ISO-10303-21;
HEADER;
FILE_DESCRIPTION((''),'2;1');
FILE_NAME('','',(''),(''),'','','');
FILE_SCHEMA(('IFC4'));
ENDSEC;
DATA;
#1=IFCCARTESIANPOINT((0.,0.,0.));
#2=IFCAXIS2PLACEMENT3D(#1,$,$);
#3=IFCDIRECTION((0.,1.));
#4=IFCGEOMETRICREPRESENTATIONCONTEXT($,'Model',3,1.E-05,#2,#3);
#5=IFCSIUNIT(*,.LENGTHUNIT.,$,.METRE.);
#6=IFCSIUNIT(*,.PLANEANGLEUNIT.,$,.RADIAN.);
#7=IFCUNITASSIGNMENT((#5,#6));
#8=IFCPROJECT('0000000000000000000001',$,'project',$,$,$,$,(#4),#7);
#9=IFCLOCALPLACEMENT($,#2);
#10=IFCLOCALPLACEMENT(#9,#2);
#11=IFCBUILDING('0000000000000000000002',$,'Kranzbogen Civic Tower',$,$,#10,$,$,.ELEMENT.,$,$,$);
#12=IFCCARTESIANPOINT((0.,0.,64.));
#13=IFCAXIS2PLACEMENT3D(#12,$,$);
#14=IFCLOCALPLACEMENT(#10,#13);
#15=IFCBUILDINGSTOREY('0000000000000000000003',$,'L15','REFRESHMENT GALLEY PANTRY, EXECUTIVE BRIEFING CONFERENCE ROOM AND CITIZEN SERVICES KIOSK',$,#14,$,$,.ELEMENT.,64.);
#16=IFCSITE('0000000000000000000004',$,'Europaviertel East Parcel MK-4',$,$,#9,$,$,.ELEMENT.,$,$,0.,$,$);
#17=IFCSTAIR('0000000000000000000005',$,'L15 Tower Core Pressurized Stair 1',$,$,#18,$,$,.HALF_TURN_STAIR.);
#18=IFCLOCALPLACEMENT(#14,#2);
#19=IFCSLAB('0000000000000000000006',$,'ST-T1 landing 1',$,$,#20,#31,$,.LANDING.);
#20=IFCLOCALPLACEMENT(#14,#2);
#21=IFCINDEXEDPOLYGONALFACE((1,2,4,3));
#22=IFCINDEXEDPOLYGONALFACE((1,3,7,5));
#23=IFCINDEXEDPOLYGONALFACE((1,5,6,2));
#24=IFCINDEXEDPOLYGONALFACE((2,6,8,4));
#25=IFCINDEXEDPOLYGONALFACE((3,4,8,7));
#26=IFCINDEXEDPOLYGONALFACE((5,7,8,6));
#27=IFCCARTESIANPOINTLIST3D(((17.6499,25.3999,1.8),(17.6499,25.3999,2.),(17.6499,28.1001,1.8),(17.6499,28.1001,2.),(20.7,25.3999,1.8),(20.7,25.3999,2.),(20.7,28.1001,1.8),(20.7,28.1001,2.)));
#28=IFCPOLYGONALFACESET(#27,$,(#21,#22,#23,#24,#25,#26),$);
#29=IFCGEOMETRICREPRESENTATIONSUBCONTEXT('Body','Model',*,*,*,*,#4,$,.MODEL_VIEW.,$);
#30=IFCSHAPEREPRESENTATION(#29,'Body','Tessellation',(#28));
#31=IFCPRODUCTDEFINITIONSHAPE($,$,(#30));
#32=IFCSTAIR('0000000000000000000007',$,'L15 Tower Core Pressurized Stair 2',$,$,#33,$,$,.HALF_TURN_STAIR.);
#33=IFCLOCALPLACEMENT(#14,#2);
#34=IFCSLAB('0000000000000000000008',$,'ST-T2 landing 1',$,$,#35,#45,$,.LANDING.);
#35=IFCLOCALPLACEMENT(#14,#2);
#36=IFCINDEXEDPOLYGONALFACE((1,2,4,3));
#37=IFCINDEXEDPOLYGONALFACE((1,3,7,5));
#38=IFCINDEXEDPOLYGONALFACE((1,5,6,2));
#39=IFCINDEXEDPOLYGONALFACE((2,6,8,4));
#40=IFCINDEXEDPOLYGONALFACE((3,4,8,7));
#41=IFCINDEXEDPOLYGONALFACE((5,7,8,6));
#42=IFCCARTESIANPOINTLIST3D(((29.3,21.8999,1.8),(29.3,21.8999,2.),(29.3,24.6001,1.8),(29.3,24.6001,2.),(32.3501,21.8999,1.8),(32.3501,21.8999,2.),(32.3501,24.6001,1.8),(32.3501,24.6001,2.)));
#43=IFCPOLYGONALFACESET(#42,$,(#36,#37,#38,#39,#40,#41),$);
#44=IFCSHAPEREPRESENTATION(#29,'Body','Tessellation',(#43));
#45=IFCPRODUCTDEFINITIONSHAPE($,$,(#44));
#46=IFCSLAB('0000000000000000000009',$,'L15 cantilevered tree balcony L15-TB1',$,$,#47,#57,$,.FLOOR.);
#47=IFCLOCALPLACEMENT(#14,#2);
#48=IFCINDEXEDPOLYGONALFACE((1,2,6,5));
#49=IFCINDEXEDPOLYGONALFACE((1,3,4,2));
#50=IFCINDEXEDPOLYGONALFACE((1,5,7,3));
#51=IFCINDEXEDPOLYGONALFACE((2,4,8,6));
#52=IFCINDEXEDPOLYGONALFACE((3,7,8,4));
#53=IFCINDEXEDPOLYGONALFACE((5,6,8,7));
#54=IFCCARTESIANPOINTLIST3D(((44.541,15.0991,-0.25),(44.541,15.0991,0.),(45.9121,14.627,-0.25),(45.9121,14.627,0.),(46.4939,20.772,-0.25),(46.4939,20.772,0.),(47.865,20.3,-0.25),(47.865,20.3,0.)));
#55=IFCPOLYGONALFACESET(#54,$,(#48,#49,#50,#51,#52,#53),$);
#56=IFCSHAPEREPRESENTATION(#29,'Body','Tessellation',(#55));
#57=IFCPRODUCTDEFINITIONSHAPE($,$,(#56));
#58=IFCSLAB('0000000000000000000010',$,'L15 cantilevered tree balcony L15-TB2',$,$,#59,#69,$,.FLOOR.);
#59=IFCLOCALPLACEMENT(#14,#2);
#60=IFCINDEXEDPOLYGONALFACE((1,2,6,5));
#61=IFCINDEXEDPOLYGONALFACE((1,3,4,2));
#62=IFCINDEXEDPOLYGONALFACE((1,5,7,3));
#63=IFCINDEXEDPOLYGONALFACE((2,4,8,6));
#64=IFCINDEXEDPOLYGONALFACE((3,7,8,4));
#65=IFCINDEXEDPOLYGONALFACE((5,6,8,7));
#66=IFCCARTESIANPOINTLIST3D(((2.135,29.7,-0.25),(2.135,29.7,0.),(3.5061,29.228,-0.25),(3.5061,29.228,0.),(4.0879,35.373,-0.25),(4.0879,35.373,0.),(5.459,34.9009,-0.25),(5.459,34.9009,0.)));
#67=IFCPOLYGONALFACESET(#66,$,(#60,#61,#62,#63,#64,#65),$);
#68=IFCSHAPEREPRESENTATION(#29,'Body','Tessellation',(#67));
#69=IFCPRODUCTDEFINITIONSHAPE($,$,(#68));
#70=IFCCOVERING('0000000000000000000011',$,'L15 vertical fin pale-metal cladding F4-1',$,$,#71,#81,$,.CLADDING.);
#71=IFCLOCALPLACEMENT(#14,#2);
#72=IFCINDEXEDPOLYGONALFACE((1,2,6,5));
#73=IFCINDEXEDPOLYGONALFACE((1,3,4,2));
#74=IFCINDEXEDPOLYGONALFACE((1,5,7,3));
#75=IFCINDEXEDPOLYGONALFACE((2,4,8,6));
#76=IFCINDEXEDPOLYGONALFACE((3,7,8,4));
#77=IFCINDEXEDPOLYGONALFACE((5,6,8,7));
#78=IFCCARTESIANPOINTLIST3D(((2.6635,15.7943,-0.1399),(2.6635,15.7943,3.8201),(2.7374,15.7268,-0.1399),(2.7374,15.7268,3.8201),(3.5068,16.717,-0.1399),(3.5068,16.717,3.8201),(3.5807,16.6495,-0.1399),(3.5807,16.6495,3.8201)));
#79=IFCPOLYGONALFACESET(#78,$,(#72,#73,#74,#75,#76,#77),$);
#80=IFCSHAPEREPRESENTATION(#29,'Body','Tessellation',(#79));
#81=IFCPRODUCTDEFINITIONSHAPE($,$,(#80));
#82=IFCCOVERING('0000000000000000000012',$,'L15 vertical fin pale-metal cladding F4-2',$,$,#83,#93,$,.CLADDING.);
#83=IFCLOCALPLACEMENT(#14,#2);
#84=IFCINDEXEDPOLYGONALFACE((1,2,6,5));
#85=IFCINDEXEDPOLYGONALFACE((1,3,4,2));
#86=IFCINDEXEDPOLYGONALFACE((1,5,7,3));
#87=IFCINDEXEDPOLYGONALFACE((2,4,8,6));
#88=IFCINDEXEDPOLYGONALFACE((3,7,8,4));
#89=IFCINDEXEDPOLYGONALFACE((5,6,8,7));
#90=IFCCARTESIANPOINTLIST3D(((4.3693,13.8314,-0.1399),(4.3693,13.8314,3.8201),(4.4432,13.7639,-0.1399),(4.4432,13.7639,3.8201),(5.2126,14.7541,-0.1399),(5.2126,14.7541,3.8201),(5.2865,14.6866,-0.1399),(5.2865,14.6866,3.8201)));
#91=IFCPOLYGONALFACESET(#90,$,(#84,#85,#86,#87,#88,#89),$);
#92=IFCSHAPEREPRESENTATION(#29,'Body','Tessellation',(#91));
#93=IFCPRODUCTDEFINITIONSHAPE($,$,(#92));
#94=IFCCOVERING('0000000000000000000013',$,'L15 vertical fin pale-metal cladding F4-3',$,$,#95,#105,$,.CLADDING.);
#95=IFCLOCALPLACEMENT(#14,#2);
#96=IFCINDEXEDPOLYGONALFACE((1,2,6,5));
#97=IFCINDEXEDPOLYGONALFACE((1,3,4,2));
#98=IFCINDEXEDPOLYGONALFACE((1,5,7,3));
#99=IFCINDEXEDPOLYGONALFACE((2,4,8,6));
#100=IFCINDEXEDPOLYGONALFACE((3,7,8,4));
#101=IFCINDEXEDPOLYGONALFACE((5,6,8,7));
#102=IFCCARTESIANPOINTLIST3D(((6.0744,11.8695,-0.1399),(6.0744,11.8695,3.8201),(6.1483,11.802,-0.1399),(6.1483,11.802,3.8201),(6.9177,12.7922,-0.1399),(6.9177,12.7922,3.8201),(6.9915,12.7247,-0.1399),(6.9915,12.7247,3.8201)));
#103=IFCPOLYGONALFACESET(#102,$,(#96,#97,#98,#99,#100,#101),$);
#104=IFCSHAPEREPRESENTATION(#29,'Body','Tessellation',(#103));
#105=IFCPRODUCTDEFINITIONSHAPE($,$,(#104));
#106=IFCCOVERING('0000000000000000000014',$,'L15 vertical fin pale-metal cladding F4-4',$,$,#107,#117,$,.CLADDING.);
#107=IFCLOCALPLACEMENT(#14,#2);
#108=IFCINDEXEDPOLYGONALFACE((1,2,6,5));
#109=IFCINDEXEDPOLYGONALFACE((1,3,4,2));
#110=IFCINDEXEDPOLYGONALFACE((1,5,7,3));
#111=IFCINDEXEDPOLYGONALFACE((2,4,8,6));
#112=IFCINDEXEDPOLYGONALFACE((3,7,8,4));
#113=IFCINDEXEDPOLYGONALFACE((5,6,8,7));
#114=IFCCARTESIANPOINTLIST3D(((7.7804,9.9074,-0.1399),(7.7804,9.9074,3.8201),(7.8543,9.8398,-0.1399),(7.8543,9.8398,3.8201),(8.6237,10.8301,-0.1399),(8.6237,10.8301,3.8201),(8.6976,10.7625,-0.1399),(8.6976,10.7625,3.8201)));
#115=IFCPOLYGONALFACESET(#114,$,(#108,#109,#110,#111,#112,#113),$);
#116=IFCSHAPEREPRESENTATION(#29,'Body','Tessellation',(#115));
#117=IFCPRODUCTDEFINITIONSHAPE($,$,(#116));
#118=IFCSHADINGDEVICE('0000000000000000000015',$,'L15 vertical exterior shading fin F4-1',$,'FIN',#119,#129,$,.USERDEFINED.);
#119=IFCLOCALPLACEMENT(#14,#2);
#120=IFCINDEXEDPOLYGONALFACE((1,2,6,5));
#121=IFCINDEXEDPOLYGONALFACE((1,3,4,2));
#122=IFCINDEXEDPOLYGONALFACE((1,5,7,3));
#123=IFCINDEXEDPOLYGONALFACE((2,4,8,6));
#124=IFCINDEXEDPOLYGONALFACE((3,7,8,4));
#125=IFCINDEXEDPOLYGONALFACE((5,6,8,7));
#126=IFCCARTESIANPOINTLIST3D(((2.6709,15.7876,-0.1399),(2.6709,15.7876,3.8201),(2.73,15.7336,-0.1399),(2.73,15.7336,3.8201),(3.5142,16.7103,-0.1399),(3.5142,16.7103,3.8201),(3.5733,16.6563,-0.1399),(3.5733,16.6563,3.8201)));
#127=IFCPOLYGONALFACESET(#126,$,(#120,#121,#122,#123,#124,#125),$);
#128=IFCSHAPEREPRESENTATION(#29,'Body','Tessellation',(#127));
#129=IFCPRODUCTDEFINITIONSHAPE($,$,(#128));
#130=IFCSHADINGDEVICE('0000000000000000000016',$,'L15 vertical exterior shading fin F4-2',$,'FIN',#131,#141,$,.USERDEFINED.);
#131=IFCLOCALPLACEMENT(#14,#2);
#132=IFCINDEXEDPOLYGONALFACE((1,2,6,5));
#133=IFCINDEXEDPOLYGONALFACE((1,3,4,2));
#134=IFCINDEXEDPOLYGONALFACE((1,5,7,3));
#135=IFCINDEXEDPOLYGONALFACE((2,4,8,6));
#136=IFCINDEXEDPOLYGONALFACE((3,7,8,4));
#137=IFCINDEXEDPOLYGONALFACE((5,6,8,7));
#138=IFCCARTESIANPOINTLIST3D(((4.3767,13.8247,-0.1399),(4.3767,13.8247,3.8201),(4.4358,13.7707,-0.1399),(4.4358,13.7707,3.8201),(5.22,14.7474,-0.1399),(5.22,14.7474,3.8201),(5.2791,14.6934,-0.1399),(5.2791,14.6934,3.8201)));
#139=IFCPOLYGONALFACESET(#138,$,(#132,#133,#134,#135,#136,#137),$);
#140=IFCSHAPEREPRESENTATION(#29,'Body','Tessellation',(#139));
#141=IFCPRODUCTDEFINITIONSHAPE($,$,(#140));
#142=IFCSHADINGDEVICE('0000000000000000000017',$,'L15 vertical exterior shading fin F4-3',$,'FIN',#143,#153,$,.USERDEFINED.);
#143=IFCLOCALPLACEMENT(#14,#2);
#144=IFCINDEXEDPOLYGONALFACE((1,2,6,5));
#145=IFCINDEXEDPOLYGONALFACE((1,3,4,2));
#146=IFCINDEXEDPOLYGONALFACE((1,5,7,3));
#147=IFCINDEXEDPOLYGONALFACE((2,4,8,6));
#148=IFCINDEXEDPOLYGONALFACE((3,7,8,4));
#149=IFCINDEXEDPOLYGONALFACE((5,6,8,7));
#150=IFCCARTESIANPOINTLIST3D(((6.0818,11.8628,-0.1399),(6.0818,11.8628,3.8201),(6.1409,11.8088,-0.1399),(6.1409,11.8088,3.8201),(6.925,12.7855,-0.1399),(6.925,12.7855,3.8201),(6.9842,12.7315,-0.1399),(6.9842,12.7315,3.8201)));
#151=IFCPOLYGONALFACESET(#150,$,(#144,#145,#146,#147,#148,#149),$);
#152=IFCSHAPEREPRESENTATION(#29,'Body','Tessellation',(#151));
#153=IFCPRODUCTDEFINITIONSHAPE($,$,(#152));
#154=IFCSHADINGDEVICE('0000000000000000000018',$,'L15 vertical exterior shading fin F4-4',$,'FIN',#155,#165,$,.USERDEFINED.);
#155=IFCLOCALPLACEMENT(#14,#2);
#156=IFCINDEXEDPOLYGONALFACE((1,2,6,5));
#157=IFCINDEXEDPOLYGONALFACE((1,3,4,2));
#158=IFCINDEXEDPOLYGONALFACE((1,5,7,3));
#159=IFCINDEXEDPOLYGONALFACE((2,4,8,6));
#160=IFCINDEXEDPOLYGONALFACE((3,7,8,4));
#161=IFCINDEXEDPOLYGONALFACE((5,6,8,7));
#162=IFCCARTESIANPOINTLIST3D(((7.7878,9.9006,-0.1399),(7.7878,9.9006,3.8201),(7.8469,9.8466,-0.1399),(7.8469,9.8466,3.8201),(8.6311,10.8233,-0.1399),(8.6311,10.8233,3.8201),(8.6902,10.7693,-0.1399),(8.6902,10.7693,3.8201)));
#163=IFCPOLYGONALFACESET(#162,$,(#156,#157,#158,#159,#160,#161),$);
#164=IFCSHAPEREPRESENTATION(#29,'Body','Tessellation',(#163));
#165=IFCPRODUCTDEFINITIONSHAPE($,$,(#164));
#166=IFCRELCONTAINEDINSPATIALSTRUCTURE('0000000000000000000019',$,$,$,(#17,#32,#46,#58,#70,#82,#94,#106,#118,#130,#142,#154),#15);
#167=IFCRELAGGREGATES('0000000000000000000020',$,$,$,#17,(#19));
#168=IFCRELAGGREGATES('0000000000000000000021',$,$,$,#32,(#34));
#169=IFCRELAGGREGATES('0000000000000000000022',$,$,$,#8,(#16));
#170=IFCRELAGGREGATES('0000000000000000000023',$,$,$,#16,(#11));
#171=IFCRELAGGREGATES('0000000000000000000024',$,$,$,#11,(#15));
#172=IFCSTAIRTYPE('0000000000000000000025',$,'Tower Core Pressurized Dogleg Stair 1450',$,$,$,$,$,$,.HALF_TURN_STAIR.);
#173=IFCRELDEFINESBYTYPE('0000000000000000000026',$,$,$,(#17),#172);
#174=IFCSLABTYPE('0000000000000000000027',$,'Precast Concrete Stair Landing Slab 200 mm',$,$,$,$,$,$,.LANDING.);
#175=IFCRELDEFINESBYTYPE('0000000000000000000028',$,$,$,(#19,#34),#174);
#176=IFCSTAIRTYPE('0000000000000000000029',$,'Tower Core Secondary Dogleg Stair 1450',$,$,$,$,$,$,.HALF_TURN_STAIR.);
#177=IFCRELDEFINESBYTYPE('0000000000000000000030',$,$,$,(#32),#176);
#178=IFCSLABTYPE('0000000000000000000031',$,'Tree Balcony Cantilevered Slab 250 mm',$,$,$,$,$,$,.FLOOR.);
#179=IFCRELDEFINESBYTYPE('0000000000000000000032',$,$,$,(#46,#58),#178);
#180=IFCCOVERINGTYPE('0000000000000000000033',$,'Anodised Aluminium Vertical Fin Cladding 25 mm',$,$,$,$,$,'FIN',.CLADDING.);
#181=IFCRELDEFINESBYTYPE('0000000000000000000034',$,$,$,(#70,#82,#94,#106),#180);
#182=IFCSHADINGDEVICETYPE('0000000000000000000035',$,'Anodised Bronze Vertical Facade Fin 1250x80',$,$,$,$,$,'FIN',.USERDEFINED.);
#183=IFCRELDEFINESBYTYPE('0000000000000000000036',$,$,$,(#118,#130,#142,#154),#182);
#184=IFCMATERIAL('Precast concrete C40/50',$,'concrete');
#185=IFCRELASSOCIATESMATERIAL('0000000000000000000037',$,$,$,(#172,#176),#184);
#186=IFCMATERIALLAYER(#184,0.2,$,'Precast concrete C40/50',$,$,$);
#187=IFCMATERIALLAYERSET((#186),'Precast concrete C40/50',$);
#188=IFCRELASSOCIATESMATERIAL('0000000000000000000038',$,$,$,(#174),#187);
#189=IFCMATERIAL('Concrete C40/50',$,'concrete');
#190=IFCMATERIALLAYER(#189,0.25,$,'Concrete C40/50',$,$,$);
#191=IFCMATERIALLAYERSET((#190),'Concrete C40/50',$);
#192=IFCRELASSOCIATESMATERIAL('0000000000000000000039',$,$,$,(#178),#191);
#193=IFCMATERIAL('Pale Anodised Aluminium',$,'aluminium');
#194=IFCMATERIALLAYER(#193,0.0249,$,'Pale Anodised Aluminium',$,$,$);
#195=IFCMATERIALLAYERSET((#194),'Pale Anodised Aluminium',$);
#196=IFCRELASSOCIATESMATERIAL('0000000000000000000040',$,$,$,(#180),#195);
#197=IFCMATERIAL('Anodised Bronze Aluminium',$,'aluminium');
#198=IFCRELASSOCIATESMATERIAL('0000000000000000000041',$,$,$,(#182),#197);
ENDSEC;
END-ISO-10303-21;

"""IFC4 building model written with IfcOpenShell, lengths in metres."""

from ifc_helpers import new_model, si_unit, direction, frame, origin, origin_2d, place, context, subcontext, project, spatial, polyline, rectangle, outline, extrude, material, layer, layer_set, type_object, element, aggregate, save


model = new_model("IFC4")

# Units and contexts
model_context = context("Model", 3, precision=1e-05, world=origin(), true_north=direction((0.0, 1.0)))
body_context = subcontext(model_context, "Body", "Model", "MODEL_VIEW")
ifc_project = project(units=[si_unit("LENGTHUNIT", "METRE"), si_unit("PLANEANGLEUNIT", "RADIAN")], contexts=[model_context])

# Site, building, storey
site_placement = place(None, origin())
site = spatial("IfcSite", under=ifc_project, at=site_placement, Name="Europaviertel East Parcel MK-4", CompositionType="ELEMENT", RefElevation=0.0)
building_placement = place(site_placement, origin())
building = spatial("IfcBuilding", under=site, at=building_placement, Name="Kranzbogen Civic Tower", CompositionType="ELEMENT")
storey_placement = place(building_placement, frame((0.0, 0.0, 64.0)))
storey = spatial("IfcBuildingStorey", under=building, at=storey_placement, Name="L15", Description="REFRESHMENT GALLEY PANTRY, EXECUTIVE BRIEFING CONFERENCE ROOM AND CITIZEN SERVICES KIOSK", CompositionType="ELEMENT", Elevation=64.0)

# Shared definitions
ifc_material_1 = material(Name="Pale Anodised Aluminium", Category="aluminium")

# Shared definitions
ifc_material_2 = material(Name="Concrete C40/50", Category="concrete")

# Stairs, slabs
ifc_material_3 = material(Name="Precast concrete C40/50", Category="concrete")
stair_type_1 = type_object("IfcStairType", Name="Tower Core Pressurized Dogleg Stair 1450", PredefinedType="HALF_TURN_STAIR", material=ifc_material_3)
stair_1_placement = place(storey_placement, origin())
stair_1 = element("IfcStair", 1, at=stair_1_placement, inside=storey, type_object=stair_type_1, Name="L15 Tower Core Pressurized Stair 1", PredefinedType="HALF_TURN_STAIR")
ifc_layer_1 = layer(ifc_material_3, 0.2, Name="Precast concrete C40/50")
ifc_layer_set_1 = layer_set([ifc_layer_1], Name="Precast concrete C40/50")
slab_type_1 = type_object("IfcSlabType", Name="Precast Concrete Stair Landing Slab 200 mm", PredefinedType="LANDING", material=ifc_layer_set_1)
slab_1_placement = place(storey_placement, frame((0.0, 0.0, 1.8)))
slab_1 = element("IfcSlab", 2, at=slab_1_placement, type_object=slab_type_1, Name="ST-T1 landing 1", PredefinedType="LANDING", context=body_context, shape_type="SweptSolid", body=[
    extrude(outline(polyline([(20.7, 25.3999), (20.7, 28.1001), (17.6499, 28.1001), (17.6499, 25.3999), (20.7, 25.3999)])), origin(), (0.0, 0.0, 1.0), 0.2),
])
aggregate(stair_1, [slab_1])
stair_type_2 = type_object("IfcStairType", Name="Tower Core Secondary Dogleg Stair 1450", PredefinedType="HALF_TURN_STAIR", material=ifc_material_3)
stair_2_placement = place(storey_placement, origin())
stair_2 = element("IfcStair", 3, at=stair_2_placement, inside=storey, type_object=stair_type_2, Name="L15 Tower Core Pressurized Stair 2", PredefinedType="HALF_TURN_STAIR")
slab_2_placement = place(storey_placement, frame((0.0, 0.0, 1.8)))
slab_2 = element("IfcSlab", 4, at=slab_2_placement, type_object=slab_type_1, Name="ST-T2 landing 1", PredefinedType="LANDING", context=body_context, shape_type="SweptSolid", body=[
    extrude(outline(polyline([(29.3, 24.6001), (29.3, 21.8999), (32.3501, 21.8999), (32.3501, 24.6001), (29.3, 24.6001)])), origin(), (0.0, 0.0, 1.0), 0.2),
])
aggregate(stair_2, [slab_2])

# Slabs
ifc_layer_2 = layer(ifc_material_2, 0.25, Name="Concrete C40/50")
ifc_layer_set_2 = layer_set([ifc_layer_2], Name="Concrete C40/50")
slab_type_2 = type_object("IfcSlabType", Name="Tree Balcony Cantilevered Slab 250 mm", PredefinedType="FLOOR", material=ifc_layer_set_2)
slab_3_placement = place(storey_placement, frame((0.0, 0.0, -0.25)))
element("IfcSlab", 5, at=slab_3_placement, inside=storey, type_object=slab_type_2, Name="L15 cantilevered tree balcony L15-TB1", PredefinedType="FLOOR", context=body_context, shape_type="SweptSolid", body=[
    extrude(outline(polyline([(44.541, 15.0991), (46.4939, 20.772), (47.865, 20.3), (45.9121, 14.627), (44.541, 15.0991)])), origin(), (0.0, 0.0, 1.0), 0.25),
])
slab_4_placement = place(storey_placement, frame((0.0, 0.0, -0.25)))
element("IfcSlab", 6, at=slab_4_placement, inside=storey, type_object=slab_type_2, Name="L15 cantilevered tree balcony L15-TB2", PredefinedType="FLOOR", context=body_context, shape_type="SweptSolid", body=[
    extrude(outline(polyline([(5.459, 34.9009), (3.5061, 29.228), (2.135, 29.7), (4.0879, 35.373), (5.459, 34.9009)])), origin(), (0.0, 0.0, 1.0), 0.25),
])

# Coverings
ifc_layer_3 = layer(ifc_material_1, 0.0249, Name="Pale Anodised Aluminium")
ifc_layer_set_3 = layer_set([ifc_layer_3], Name="Pale Anodised Aluminium")
covering_type_1 = type_object("IfcCoveringType", Name="Anodised Aluminium Vertical Fin Cladding 25 mm", ElementType="FIN", PredefinedType="CLADDING", material=ifc_layer_set_3)
for number, where, z_axis, x_axis, name in (
    (7, (3.1221, 16.2219, -0.1399), (0.0, 0.0, 1.0), (-0.674625, -0.738161, 0.0), "L15 vertical fin pale-metal cladding F4-1"),
    (8, (4.8279, 14.259, -0.1399), (0.0, 0.0, 1.0), (-0.674625, -0.738161, 0.0), "L15 vertical fin pale-metal cladding F4-2"),
    (9, (6.533, 12.2971, -0.1399), (0.0, 0.0, 1.0), (-0.674625, -0.738161, 0.0), "L15 vertical fin pale-metal cladding F4-3"),
    (10, (8.239, 10.335, -0.1399), (0.0, 0.0, 1.0), (-0.674625, -0.738161, 0.0), "L15 vertical fin pale-metal cladding F4-4"),
):
    element("IfcCovering", number, at=place(storey_placement, frame(where, z_axis=z_axis, x_axis=x_axis)), inside=storey, type_object=covering_type_1, Name=name, PredefinedType="CLADDING", context=body_context, shape_type="SweptSolid", body=[
        extrude(rectangle(XDim=1.25, YDim=0.1001, at=origin_2d()), origin(), (0.0, 0.0, 1.0), 3.96),
    ])

# Shading devices
ifc_material_4 = material(Name="Anodised Bronze Aluminium", Category="aluminium")
shading_device_type = type_object("IfcShadingDeviceType", Name="Anodised Bronze Vertical Facade Fin 1250x80", ElementType="FIN", PredefinedType="USERDEFINED", material=ifc_material_4)
for number, where, z_axis, x_axis, name in (
    (11, (3.1221, 16.2219, -0.1399), (0.0, 0.0, 1.0), (-0.674625, -0.738161, 0.0), "L15 vertical exterior shading fin F4-1"),
    (12, (4.8279, 14.259, -0.1399), (0.0, 0.0, 1.0), (-0.674625, -0.738161, 0.0), "L15 vertical exterior shading fin F4-2"),
    (13, (6.533, 12.2971, -0.1399), (0.0, 0.0, 1.0), (-0.674625, -0.738161, 0.0), "L15 vertical exterior shading fin F4-3"),
    (14, (8.239, 10.335, -0.1399), (0.0, 0.0, 1.0), (-0.674625, -0.738161, 0.0), "L15 vertical exterior shading fin F4-4"),
):
    element("IfcShadingDevice", number, at=place(storey_placement, frame(where, z_axis=z_axis, x_axis=x_axis)), inside=storey, type_object=shading_device_type, Name=name, ObjectType="FIN", PredefinedType="USERDEFINED", context=body_context, shape_type="SweptSolid", body=[
        extrude(rectangle(XDim=1.25, YDim=0.0801, at=origin_2d()), origin(), (0.0, 0.0, 1.0), 3.96),
    ])

save(model, "model.ifc")
